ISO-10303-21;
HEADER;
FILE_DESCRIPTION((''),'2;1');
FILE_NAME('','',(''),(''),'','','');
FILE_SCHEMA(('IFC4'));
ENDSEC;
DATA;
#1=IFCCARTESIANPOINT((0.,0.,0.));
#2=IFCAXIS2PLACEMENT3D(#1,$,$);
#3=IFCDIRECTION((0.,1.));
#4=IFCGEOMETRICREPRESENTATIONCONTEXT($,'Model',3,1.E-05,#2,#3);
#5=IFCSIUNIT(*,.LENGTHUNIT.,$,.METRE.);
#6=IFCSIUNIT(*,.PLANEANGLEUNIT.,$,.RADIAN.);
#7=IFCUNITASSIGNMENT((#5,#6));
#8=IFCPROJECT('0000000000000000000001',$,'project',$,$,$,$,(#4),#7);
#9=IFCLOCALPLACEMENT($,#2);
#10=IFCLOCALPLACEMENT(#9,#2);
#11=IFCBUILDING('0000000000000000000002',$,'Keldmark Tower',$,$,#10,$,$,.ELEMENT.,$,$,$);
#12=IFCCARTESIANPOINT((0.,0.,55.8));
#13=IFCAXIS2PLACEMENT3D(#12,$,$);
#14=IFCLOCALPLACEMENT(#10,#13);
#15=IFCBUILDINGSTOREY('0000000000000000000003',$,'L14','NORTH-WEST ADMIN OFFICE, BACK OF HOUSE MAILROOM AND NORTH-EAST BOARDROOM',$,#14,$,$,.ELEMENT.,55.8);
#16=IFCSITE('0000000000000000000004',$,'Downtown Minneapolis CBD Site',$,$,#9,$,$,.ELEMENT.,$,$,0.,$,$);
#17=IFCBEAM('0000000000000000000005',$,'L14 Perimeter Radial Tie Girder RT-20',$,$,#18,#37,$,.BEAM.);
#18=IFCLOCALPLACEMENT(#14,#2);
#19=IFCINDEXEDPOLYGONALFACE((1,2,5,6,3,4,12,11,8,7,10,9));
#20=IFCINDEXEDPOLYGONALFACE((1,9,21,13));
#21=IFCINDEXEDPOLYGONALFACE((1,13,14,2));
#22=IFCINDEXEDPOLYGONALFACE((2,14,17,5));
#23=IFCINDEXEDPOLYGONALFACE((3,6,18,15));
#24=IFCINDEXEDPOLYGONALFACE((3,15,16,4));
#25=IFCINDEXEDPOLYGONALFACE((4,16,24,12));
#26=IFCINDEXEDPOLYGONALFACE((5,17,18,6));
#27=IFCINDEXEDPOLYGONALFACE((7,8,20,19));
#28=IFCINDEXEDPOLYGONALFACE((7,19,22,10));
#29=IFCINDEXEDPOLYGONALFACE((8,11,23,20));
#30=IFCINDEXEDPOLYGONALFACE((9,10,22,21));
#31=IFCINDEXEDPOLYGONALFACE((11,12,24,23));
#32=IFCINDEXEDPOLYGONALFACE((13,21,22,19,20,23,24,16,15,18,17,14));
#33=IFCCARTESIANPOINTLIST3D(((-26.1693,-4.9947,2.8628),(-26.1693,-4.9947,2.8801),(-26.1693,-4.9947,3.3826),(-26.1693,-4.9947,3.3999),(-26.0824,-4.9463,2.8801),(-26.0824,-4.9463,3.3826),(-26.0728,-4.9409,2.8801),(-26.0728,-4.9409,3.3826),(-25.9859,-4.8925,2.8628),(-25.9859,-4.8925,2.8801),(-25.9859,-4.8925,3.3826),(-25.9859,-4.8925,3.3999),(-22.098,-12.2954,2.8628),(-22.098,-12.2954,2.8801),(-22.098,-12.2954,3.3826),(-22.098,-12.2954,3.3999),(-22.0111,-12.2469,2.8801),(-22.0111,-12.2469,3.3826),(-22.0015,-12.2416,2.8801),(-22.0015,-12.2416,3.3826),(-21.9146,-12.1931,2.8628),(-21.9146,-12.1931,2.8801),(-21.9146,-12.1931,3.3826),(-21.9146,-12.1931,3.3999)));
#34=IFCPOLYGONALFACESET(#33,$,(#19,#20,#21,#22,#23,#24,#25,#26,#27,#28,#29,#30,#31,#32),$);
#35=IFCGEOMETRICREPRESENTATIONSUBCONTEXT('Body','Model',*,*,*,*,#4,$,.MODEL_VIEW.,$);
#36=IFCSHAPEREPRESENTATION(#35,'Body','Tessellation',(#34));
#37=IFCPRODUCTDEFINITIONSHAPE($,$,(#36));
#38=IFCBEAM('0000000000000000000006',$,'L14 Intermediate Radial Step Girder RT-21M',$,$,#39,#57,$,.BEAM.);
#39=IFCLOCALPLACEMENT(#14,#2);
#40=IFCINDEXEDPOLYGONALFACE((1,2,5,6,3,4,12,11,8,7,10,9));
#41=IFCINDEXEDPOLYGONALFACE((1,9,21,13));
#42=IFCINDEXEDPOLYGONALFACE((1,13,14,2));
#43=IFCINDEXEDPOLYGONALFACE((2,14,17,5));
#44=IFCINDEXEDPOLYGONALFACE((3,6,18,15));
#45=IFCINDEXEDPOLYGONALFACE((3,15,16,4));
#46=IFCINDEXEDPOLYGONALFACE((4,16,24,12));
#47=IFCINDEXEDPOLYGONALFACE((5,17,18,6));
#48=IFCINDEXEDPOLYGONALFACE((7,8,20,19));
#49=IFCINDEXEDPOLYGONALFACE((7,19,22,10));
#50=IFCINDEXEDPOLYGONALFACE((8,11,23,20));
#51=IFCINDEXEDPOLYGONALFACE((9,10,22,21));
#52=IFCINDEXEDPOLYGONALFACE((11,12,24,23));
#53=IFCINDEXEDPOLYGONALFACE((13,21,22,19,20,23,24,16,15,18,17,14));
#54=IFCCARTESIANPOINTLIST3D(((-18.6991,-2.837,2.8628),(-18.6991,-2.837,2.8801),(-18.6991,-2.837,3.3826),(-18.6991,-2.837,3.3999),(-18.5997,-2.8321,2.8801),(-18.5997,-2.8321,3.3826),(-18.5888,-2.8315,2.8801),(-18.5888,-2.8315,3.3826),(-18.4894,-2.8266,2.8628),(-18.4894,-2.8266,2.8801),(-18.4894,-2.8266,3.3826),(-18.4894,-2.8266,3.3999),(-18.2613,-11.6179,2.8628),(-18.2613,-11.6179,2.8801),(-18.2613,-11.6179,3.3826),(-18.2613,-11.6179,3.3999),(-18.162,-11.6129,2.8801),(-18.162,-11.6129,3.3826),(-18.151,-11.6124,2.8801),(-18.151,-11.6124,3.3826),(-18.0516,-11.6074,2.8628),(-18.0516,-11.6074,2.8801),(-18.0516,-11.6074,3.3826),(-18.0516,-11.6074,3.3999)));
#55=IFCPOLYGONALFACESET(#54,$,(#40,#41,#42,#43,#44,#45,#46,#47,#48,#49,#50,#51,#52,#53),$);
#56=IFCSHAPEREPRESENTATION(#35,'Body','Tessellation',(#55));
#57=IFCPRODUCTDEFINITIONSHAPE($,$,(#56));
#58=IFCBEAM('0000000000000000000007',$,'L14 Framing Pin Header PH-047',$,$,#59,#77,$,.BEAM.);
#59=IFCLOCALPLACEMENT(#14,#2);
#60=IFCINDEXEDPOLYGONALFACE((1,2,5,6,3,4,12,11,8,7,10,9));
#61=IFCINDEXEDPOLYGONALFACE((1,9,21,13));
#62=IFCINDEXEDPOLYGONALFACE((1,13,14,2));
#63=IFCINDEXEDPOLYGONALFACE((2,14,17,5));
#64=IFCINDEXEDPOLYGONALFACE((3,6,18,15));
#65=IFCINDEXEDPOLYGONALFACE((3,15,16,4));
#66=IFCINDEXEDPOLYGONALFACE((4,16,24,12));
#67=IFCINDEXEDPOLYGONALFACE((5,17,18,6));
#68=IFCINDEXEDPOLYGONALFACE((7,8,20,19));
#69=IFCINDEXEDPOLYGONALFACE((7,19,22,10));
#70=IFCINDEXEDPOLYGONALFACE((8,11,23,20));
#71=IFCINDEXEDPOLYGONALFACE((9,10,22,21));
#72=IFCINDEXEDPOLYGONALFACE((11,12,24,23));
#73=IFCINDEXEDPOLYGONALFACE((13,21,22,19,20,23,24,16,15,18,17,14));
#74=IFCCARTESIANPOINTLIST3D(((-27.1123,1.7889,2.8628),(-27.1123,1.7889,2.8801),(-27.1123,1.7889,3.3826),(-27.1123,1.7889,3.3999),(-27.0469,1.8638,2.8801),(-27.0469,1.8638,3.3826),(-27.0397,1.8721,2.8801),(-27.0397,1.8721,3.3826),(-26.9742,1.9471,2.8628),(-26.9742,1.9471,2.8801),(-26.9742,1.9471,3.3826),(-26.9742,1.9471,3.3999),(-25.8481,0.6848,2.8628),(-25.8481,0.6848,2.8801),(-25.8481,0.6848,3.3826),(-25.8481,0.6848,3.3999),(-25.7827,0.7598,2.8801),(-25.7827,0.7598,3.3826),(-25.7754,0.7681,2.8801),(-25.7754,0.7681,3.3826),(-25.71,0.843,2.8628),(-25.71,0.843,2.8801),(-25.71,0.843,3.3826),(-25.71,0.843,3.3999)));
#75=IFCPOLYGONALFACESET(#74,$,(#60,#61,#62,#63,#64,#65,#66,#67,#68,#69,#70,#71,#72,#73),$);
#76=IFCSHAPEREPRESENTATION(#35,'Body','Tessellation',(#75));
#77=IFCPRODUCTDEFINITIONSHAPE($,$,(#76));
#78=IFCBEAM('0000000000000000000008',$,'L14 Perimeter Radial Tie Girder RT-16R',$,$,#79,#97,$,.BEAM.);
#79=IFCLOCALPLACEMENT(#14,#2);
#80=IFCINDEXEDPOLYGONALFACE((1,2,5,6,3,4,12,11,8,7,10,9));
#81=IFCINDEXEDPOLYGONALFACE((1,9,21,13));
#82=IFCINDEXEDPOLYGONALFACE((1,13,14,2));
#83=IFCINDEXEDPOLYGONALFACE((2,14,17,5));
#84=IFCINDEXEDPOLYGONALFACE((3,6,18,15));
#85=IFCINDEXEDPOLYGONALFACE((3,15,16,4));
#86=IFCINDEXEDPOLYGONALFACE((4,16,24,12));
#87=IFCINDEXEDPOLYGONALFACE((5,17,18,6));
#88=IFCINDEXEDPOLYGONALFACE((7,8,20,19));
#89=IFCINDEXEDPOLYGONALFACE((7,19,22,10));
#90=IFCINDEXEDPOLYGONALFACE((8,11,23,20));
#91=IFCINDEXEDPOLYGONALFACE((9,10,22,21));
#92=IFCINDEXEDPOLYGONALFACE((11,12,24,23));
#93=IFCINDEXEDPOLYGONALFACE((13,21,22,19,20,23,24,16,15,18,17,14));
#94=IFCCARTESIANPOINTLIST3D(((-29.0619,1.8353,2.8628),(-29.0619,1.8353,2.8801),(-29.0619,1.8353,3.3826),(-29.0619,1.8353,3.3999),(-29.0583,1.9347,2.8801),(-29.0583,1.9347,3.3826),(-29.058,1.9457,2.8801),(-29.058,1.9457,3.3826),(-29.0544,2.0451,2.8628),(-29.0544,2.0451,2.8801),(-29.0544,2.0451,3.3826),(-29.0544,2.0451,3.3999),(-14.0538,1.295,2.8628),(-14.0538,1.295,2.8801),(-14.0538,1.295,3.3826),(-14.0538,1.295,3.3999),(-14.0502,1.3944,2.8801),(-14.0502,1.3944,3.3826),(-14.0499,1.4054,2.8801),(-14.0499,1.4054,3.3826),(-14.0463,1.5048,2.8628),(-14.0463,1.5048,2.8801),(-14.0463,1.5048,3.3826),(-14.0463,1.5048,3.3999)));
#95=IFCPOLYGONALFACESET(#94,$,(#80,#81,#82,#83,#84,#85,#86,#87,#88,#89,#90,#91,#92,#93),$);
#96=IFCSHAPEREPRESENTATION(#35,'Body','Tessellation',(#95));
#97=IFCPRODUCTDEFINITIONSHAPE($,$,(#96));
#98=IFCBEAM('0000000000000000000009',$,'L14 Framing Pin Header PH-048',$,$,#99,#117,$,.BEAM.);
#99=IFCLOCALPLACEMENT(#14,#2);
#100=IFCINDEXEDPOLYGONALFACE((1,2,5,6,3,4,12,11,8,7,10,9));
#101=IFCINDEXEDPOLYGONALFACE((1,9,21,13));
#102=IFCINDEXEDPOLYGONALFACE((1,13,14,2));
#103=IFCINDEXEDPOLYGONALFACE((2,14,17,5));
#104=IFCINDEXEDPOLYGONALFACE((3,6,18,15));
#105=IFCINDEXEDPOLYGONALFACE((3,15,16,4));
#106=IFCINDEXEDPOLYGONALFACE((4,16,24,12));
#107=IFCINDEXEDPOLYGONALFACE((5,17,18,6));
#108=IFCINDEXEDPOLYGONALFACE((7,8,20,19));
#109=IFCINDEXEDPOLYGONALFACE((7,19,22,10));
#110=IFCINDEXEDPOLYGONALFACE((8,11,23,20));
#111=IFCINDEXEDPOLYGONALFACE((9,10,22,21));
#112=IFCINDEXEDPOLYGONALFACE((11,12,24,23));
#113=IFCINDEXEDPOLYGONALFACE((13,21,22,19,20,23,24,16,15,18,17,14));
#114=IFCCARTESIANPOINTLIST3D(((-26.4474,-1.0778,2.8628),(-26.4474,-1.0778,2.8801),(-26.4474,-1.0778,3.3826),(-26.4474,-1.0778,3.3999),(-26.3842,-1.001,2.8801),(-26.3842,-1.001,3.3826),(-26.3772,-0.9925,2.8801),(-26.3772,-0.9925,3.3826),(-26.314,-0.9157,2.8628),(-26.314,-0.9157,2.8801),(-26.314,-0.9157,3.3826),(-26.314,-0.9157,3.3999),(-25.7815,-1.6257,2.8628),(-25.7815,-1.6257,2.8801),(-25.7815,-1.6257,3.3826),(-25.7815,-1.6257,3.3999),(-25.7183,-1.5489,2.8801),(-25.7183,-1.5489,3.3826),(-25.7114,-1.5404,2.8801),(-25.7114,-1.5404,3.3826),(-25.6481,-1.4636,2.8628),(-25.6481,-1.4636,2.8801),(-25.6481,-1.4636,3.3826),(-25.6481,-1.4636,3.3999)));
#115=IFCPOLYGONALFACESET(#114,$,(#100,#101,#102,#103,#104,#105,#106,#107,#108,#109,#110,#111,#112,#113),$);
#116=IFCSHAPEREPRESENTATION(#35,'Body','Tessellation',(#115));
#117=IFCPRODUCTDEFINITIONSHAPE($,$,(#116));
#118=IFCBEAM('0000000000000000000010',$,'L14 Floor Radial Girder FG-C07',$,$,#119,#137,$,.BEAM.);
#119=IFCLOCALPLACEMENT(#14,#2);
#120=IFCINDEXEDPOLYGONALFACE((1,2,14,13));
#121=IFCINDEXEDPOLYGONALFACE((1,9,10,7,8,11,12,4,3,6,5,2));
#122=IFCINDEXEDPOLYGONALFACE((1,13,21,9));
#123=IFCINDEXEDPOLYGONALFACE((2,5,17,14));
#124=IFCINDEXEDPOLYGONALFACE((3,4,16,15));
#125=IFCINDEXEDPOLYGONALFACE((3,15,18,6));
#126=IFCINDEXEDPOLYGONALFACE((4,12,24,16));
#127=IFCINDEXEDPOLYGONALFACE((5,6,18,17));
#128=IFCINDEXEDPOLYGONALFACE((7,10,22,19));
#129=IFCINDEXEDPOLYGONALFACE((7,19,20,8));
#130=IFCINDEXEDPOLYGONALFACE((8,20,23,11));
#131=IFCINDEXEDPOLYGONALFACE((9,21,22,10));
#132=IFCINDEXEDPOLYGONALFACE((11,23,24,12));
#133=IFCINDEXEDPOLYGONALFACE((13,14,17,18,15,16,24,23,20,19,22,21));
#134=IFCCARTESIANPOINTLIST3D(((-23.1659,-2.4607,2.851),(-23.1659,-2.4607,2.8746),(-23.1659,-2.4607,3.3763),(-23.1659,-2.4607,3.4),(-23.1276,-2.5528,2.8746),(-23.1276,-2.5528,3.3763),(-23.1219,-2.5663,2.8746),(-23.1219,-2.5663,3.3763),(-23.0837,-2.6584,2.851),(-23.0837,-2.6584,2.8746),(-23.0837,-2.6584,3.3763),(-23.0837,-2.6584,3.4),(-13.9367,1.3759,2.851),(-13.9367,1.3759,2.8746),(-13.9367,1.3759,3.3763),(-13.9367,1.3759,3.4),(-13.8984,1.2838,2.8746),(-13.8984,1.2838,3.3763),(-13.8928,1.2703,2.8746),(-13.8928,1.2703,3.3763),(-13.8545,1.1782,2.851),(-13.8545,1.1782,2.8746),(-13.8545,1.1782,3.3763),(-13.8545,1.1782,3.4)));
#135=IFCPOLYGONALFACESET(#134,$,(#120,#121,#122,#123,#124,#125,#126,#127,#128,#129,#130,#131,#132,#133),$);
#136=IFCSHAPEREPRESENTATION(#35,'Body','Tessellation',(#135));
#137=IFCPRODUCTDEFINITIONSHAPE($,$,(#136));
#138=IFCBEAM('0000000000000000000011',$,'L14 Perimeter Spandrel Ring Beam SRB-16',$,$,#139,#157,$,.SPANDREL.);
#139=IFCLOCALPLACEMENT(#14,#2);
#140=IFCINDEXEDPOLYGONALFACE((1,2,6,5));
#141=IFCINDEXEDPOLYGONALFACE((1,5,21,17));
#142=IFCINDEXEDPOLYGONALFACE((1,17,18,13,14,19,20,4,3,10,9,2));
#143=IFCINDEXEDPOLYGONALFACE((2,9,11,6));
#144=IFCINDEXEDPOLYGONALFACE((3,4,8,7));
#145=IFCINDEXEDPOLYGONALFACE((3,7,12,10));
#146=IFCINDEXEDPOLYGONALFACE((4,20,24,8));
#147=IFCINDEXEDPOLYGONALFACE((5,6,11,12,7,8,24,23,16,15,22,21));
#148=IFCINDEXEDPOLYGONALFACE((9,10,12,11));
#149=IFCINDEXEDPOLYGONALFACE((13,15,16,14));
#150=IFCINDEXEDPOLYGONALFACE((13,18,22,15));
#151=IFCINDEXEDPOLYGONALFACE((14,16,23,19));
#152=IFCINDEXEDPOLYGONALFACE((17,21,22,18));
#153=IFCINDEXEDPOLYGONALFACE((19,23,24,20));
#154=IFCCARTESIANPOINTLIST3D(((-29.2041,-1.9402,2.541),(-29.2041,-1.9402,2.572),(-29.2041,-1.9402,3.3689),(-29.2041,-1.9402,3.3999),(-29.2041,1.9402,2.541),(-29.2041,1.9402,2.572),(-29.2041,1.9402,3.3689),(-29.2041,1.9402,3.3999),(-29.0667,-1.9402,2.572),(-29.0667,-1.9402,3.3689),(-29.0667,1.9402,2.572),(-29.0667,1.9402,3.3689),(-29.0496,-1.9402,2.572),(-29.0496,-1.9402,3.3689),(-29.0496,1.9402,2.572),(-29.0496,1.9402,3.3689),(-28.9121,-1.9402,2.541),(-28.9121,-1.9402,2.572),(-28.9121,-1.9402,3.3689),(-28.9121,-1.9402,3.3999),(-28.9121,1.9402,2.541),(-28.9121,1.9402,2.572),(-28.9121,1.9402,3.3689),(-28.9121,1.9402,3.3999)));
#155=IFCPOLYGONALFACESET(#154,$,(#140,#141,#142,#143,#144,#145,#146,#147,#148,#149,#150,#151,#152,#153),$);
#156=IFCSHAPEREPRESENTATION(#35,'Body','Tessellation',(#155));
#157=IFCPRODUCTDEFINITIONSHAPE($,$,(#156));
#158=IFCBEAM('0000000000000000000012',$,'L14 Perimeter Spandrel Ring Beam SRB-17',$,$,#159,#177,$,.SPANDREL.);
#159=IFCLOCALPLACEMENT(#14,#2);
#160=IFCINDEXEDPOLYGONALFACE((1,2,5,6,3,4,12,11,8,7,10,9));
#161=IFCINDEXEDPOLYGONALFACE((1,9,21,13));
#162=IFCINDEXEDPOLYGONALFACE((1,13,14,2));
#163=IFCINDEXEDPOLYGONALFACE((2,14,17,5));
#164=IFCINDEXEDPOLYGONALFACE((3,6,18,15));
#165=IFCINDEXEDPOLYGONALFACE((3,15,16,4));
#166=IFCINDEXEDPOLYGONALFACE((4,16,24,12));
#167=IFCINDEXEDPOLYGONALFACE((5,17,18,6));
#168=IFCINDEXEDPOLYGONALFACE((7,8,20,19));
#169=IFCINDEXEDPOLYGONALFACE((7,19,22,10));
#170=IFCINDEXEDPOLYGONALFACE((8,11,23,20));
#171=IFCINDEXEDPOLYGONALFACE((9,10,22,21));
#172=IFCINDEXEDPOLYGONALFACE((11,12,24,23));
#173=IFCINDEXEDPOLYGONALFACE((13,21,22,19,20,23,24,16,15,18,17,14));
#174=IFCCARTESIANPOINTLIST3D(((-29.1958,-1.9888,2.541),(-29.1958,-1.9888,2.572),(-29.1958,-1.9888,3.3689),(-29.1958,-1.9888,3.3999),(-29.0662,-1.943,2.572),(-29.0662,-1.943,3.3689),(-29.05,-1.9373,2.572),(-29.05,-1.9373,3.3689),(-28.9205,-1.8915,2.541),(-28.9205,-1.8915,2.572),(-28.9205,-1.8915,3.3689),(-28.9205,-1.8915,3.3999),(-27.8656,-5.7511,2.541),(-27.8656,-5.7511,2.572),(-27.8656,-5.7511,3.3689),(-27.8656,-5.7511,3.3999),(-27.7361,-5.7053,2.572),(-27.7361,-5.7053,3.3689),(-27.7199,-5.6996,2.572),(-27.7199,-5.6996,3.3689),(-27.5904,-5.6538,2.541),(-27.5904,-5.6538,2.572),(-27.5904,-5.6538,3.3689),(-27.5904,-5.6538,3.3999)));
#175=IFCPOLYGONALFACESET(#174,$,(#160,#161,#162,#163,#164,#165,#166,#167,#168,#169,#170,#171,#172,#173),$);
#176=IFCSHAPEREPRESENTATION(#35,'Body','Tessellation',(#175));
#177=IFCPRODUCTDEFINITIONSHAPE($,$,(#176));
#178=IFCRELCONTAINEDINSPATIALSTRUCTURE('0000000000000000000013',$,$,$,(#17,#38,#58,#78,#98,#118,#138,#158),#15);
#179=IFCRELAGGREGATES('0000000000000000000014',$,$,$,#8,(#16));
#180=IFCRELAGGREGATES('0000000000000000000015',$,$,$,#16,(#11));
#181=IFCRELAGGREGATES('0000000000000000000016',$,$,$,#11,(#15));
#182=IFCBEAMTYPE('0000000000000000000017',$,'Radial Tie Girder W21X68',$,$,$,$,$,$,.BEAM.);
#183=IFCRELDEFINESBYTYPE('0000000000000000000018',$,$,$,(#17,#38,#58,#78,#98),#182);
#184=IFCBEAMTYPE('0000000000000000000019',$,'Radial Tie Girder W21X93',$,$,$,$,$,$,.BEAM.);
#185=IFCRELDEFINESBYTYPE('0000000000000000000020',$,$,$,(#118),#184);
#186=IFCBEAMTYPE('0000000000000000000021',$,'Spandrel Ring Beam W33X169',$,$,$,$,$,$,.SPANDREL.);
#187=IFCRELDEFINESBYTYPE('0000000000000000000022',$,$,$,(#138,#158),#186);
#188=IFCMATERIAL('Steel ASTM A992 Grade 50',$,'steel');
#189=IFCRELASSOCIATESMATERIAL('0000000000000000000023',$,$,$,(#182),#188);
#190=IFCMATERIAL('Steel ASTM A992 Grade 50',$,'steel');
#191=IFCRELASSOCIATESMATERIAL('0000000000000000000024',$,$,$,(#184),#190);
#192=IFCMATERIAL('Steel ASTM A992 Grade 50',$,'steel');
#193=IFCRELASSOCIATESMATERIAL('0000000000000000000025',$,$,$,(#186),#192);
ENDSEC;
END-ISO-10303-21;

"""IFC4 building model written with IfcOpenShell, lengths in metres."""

from ifc_helpers import new_model, si_unit, direction, frame, origin, origin_2d, place, context, subcontext, project, spatial, i_section, extrude, material, material_profile, profile_set, type_object, element, save


model = new_model("IFC4")

# Units and contexts
model_context = context("Model", 3, precision=1e-05, world=origin(), true_north=direction((0.0, 1.0)))
body_context = subcontext(model_context, "Body", "Model", "MODEL_VIEW")
ifc_project = project(units=[si_unit("LENGTHUNIT", "METRE"), si_unit("PLANEANGLEUNIT", "RADIAN")], contexts=[model_context])

# Site, building, storey
site_placement = place(None, origin())
site = spatial("IfcSite", under=ifc_project, at=site_placement, Name="Downtown Minneapolis CBD Site", CompositionType="ELEMENT", RefElevation=0.0)
building_placement = place(site_placement, origin())
building = spatial("IfcBuilding", under=site, at=building_placement, Name="Keldmark Tower", CompositionType="ELEMENT")
storey_placement = place(building_placement, frame((0.0, 0.0, 55.8)))
storey = spatial("IfcBuildingStorey", under=building, at=storey_placement, Name="L14", Description="NORTH-WEST ADMIN OFFICE, BACK OF HOUSE MAILROOM AND NORTH-EAST BOARDROOM", CompositionType="ELEMENT", Elevation=55.8)

# Beams
ifc_material_1 = material(Name="Steel ASTM A992 Grade 50", Category="steel")
ifc_material_profile_1 = material_profile(ifc_material_1, i_section(OverallWidth=0.21, OverallDepth=0.5371, WebThickness=0.011, FlangeThickness=0.0173, at=origin_2d()), Name="W21X68")
ifc_profile_set_1 = profile_set([ifc_material_profile_1], Name="Steel ASTM A992 Grade 50")
beam_type_1 = type_object("IfcBeamType", Name="Radial Tie Girder W21X68", PredefinedType="BEAM", material=ifc_profile_set_1)
beam_1_placement = place(storey_placement, frame((-26.0776, -4.9436, 3.1313), z_axis=(0.487053, -0.873372, 0.0), x_axis=(0.873372, 0.487053, 0.0)))
element("IfcBeam", 1, at=beam_1_placement, inside=storey, type_object=beam_type_1, Name="L14 Perimeter Radial Tie Girder RT-20", PredefinedType="BEAM", context=body_context, shape_type="SweptSolid", body=[
    extrude(i_section(OverallWidth=0.21, OverallDepth=0.5371, WebThickness=0.011, FlangeThickness=0.0173, at=origin_2d()), origin(), (0.0, 0.0, 1.0), 8.3591),
])
beam_2_placement = place(storey_placement, frame((-18.5942, -2.8318, 3.1313), z_axis=(0.049791, -0.99876, 0.0), x_axis=(0.99876, 0.049791, 0.0)))
element("IfcBeam", 2, at=beam_2_placement, inside=storey, type_object=beam_type_1, Name="L14 Intermediate Radial Step Girder RT-21M", PredefinedType="BEAM", context=body_context, shape_type="SweptSolid", body=[
    extrude(i_section(OverallWidth=0.21, OverallDepth=0.5371, WebThickness=0.011, FlangeThickness=0.0173, at=origin_2d()), origin(), (0.0, 0.0, 1.0), 8.7917),
])
beam_3_placement = place(storey_placement, frame((-25.7791, 0.7639, 3.1313), z_axis=(-0.753207, 0.657783, 0.0), x_axis=(-0.657783, -0.753207, 0.0)))
element("IfcBeam", 3, at=beam_3_placement, inside=storey, type_object=beam_type_1, Name="L14 Framing Pin Header PH-047", PredefinedType="BEAM", context=body_context, shape_type="SweptSolid", body=[
    extrude(i_section(OverallWidth=0.21, OverallDepth=0.5371, WebThickness=0.011, FlangeThickness=0.0173, at=origin_2d()), origin(), (0.0, 0.0, 1.0), 1.6785),
])
beam_4_placement = place(storey_placement, frame((-14.05, 1.3999, 3.1313), z_axis=(-0.999353, 0.035976, 0.0), x_axis=(-0.035976, -0.999353, 0.0)))
element("IfcBeam", 4, at=beam_4_placement, inside=storey, type_object=beam_type_1, Name="L14 Perimeter Radial Tie Girder RT-16R", PredefinedType="BEAM", context=body_context, shape_type="SweptSolid", body=[
    extrude(i_section(OverallWidth=0.21, OverallDepth=0.5371, WebThickness=0.011, FlangeThickness=0.0173, at=origin_2d()), origin(), (0.0, 0.0, 1.0), 15.0178),
])
beam_5_placement = place(storey_placement, frame((-25.7148, -1.5447, 3.1313), z_axis=(-0.772175, 0.635409, 0.0), x_axis=(-0.635409, -0.772175, 0.0)))
element("IfcBeam", 5, at=beam_5_placement, inside=storey, type_object=beam_type_1, Name="L14 Framing Pin Header PH-048", PredefinedType="BEAM", context=body_context, shape_type="SweptSolid", body=[
    extrude(i_section(OverallWidth=0.21, OverallDepth=0.5371, WebThickness=0.011, FlangeThickness=0.0173, at=origin_2d()), origin(), (0.0, 0.0, 1.0), 0.8623),
])
ifc_material_2 = material(Name="Steel ASTM A992 Grade 50", Category="steel")
ifc_material_profile_2 = material_profile(ifc_material_2, i_section(OverallWidth=0.2141, OverallDepth=0.5491, WebThickness=0.0146, FlangeThickness=0.0237, at=origin_2d()), Name="W21X93")
ifc_profile_set_2 = profile_set([ifc_material_profile_2], Name="Steel ASTM A992 Grade 50")
beam_type_2 = type_object("IfcBeamType", Name="Radial Tie Girder W21X93", PredefinedType="BEAM", material=ifc_profile_set_2)
beam_6_placement = place(storey_placement, frame((-23.1248, -2.5596, 3.1255), z_axis=(0.923391, 0.383861, 0.0), x_axis=(-0.383861, 0.923391, 0.0)))
element("IfcBeam", 6, at=beam_6_placement, inside=storey, type_object=beam_type_2, Name="L14 Floor Radial Girder FG-C07", PredefinedType="BEAM", context=body_context, shape_type="SweptSolid", body=[
    extrude(i_section(OverallWidth=0.2141, OverallDepth=0.5491, WebThickness=0.0146, FlangeThickness=0.0237, at=origin_2d()), origin(), (0.0, 0.0, 1.0), 9.9949),
])
ifc_material_3 = material(Name="Steel ASTM A992 Grade 50", Category="steel")
ifc_material_profile_3 = material_profile(ifc_material_3, i_section(OverallWidth=0.292, OverallDepth=0.8589, WebThickness=0.0171, FlangeThickness=0.031, at=origin_2d()), Name="W33X169")
ifc_profile_set_3 = profile_set([ifc_material_profile_3], Name="Steel ASTM A992 Grade 50")
beam_type_3 = type_object("IfcBeamType", Name="Spandrel Ring Beam W33X169", PredefinedType="SPANDREL", material=ifc_profile_set_3)
beam_7_placement = place(storey_placement, frame((-29.0581, 1.9402, 2.9705), z_axis=(0.0, -1.0, 0.0), x_axis=(1.0, 0.0, 0.0)))
element("IfcBeam", 7, at=beam_7_placement, inside=storey, type_object=beam_type_3, Name="L14 Perimeter Spandrel Ring Beam SRB-16", PredefinedType="SPANDREL", context=body_context, shape_type="SweptSolid", body=[
    extrude(i_section(OverallWidth=0.292, OverallDepth=0.8589, WebThickness=0.0171, FlangeThickness=0.031, at=origin_2d()), origin(), (0.0, 0.0, 1.0), 3.8804),
])
beam_8_placement = place(storey_placement, frame((-29.0581, -1.9402, 2.9705), z_axis=(0.333319, -0.942814, 0.0), x_axis=(0.942814, 0.333319, 0.0)))
element("IfcBeam", 8, at=beam_8_placement, inside=storey, type_object=beam_type_3, Name="L14 Perimeter Spandrel Ring Beam SRB-17", PredefinedType="SPANDREL", context=body_context, shape_type="SweptSolid", body=[
    extrude(i_section(OverallWidth=0.292, OverallDepth=0.8589, WebThickness=0.0171, FlangeThickness=0.031, at=origin_2d()), origin(), (0.0, 0.0, 1.0), 3.9905),
])

save(model, "model.ifc")
